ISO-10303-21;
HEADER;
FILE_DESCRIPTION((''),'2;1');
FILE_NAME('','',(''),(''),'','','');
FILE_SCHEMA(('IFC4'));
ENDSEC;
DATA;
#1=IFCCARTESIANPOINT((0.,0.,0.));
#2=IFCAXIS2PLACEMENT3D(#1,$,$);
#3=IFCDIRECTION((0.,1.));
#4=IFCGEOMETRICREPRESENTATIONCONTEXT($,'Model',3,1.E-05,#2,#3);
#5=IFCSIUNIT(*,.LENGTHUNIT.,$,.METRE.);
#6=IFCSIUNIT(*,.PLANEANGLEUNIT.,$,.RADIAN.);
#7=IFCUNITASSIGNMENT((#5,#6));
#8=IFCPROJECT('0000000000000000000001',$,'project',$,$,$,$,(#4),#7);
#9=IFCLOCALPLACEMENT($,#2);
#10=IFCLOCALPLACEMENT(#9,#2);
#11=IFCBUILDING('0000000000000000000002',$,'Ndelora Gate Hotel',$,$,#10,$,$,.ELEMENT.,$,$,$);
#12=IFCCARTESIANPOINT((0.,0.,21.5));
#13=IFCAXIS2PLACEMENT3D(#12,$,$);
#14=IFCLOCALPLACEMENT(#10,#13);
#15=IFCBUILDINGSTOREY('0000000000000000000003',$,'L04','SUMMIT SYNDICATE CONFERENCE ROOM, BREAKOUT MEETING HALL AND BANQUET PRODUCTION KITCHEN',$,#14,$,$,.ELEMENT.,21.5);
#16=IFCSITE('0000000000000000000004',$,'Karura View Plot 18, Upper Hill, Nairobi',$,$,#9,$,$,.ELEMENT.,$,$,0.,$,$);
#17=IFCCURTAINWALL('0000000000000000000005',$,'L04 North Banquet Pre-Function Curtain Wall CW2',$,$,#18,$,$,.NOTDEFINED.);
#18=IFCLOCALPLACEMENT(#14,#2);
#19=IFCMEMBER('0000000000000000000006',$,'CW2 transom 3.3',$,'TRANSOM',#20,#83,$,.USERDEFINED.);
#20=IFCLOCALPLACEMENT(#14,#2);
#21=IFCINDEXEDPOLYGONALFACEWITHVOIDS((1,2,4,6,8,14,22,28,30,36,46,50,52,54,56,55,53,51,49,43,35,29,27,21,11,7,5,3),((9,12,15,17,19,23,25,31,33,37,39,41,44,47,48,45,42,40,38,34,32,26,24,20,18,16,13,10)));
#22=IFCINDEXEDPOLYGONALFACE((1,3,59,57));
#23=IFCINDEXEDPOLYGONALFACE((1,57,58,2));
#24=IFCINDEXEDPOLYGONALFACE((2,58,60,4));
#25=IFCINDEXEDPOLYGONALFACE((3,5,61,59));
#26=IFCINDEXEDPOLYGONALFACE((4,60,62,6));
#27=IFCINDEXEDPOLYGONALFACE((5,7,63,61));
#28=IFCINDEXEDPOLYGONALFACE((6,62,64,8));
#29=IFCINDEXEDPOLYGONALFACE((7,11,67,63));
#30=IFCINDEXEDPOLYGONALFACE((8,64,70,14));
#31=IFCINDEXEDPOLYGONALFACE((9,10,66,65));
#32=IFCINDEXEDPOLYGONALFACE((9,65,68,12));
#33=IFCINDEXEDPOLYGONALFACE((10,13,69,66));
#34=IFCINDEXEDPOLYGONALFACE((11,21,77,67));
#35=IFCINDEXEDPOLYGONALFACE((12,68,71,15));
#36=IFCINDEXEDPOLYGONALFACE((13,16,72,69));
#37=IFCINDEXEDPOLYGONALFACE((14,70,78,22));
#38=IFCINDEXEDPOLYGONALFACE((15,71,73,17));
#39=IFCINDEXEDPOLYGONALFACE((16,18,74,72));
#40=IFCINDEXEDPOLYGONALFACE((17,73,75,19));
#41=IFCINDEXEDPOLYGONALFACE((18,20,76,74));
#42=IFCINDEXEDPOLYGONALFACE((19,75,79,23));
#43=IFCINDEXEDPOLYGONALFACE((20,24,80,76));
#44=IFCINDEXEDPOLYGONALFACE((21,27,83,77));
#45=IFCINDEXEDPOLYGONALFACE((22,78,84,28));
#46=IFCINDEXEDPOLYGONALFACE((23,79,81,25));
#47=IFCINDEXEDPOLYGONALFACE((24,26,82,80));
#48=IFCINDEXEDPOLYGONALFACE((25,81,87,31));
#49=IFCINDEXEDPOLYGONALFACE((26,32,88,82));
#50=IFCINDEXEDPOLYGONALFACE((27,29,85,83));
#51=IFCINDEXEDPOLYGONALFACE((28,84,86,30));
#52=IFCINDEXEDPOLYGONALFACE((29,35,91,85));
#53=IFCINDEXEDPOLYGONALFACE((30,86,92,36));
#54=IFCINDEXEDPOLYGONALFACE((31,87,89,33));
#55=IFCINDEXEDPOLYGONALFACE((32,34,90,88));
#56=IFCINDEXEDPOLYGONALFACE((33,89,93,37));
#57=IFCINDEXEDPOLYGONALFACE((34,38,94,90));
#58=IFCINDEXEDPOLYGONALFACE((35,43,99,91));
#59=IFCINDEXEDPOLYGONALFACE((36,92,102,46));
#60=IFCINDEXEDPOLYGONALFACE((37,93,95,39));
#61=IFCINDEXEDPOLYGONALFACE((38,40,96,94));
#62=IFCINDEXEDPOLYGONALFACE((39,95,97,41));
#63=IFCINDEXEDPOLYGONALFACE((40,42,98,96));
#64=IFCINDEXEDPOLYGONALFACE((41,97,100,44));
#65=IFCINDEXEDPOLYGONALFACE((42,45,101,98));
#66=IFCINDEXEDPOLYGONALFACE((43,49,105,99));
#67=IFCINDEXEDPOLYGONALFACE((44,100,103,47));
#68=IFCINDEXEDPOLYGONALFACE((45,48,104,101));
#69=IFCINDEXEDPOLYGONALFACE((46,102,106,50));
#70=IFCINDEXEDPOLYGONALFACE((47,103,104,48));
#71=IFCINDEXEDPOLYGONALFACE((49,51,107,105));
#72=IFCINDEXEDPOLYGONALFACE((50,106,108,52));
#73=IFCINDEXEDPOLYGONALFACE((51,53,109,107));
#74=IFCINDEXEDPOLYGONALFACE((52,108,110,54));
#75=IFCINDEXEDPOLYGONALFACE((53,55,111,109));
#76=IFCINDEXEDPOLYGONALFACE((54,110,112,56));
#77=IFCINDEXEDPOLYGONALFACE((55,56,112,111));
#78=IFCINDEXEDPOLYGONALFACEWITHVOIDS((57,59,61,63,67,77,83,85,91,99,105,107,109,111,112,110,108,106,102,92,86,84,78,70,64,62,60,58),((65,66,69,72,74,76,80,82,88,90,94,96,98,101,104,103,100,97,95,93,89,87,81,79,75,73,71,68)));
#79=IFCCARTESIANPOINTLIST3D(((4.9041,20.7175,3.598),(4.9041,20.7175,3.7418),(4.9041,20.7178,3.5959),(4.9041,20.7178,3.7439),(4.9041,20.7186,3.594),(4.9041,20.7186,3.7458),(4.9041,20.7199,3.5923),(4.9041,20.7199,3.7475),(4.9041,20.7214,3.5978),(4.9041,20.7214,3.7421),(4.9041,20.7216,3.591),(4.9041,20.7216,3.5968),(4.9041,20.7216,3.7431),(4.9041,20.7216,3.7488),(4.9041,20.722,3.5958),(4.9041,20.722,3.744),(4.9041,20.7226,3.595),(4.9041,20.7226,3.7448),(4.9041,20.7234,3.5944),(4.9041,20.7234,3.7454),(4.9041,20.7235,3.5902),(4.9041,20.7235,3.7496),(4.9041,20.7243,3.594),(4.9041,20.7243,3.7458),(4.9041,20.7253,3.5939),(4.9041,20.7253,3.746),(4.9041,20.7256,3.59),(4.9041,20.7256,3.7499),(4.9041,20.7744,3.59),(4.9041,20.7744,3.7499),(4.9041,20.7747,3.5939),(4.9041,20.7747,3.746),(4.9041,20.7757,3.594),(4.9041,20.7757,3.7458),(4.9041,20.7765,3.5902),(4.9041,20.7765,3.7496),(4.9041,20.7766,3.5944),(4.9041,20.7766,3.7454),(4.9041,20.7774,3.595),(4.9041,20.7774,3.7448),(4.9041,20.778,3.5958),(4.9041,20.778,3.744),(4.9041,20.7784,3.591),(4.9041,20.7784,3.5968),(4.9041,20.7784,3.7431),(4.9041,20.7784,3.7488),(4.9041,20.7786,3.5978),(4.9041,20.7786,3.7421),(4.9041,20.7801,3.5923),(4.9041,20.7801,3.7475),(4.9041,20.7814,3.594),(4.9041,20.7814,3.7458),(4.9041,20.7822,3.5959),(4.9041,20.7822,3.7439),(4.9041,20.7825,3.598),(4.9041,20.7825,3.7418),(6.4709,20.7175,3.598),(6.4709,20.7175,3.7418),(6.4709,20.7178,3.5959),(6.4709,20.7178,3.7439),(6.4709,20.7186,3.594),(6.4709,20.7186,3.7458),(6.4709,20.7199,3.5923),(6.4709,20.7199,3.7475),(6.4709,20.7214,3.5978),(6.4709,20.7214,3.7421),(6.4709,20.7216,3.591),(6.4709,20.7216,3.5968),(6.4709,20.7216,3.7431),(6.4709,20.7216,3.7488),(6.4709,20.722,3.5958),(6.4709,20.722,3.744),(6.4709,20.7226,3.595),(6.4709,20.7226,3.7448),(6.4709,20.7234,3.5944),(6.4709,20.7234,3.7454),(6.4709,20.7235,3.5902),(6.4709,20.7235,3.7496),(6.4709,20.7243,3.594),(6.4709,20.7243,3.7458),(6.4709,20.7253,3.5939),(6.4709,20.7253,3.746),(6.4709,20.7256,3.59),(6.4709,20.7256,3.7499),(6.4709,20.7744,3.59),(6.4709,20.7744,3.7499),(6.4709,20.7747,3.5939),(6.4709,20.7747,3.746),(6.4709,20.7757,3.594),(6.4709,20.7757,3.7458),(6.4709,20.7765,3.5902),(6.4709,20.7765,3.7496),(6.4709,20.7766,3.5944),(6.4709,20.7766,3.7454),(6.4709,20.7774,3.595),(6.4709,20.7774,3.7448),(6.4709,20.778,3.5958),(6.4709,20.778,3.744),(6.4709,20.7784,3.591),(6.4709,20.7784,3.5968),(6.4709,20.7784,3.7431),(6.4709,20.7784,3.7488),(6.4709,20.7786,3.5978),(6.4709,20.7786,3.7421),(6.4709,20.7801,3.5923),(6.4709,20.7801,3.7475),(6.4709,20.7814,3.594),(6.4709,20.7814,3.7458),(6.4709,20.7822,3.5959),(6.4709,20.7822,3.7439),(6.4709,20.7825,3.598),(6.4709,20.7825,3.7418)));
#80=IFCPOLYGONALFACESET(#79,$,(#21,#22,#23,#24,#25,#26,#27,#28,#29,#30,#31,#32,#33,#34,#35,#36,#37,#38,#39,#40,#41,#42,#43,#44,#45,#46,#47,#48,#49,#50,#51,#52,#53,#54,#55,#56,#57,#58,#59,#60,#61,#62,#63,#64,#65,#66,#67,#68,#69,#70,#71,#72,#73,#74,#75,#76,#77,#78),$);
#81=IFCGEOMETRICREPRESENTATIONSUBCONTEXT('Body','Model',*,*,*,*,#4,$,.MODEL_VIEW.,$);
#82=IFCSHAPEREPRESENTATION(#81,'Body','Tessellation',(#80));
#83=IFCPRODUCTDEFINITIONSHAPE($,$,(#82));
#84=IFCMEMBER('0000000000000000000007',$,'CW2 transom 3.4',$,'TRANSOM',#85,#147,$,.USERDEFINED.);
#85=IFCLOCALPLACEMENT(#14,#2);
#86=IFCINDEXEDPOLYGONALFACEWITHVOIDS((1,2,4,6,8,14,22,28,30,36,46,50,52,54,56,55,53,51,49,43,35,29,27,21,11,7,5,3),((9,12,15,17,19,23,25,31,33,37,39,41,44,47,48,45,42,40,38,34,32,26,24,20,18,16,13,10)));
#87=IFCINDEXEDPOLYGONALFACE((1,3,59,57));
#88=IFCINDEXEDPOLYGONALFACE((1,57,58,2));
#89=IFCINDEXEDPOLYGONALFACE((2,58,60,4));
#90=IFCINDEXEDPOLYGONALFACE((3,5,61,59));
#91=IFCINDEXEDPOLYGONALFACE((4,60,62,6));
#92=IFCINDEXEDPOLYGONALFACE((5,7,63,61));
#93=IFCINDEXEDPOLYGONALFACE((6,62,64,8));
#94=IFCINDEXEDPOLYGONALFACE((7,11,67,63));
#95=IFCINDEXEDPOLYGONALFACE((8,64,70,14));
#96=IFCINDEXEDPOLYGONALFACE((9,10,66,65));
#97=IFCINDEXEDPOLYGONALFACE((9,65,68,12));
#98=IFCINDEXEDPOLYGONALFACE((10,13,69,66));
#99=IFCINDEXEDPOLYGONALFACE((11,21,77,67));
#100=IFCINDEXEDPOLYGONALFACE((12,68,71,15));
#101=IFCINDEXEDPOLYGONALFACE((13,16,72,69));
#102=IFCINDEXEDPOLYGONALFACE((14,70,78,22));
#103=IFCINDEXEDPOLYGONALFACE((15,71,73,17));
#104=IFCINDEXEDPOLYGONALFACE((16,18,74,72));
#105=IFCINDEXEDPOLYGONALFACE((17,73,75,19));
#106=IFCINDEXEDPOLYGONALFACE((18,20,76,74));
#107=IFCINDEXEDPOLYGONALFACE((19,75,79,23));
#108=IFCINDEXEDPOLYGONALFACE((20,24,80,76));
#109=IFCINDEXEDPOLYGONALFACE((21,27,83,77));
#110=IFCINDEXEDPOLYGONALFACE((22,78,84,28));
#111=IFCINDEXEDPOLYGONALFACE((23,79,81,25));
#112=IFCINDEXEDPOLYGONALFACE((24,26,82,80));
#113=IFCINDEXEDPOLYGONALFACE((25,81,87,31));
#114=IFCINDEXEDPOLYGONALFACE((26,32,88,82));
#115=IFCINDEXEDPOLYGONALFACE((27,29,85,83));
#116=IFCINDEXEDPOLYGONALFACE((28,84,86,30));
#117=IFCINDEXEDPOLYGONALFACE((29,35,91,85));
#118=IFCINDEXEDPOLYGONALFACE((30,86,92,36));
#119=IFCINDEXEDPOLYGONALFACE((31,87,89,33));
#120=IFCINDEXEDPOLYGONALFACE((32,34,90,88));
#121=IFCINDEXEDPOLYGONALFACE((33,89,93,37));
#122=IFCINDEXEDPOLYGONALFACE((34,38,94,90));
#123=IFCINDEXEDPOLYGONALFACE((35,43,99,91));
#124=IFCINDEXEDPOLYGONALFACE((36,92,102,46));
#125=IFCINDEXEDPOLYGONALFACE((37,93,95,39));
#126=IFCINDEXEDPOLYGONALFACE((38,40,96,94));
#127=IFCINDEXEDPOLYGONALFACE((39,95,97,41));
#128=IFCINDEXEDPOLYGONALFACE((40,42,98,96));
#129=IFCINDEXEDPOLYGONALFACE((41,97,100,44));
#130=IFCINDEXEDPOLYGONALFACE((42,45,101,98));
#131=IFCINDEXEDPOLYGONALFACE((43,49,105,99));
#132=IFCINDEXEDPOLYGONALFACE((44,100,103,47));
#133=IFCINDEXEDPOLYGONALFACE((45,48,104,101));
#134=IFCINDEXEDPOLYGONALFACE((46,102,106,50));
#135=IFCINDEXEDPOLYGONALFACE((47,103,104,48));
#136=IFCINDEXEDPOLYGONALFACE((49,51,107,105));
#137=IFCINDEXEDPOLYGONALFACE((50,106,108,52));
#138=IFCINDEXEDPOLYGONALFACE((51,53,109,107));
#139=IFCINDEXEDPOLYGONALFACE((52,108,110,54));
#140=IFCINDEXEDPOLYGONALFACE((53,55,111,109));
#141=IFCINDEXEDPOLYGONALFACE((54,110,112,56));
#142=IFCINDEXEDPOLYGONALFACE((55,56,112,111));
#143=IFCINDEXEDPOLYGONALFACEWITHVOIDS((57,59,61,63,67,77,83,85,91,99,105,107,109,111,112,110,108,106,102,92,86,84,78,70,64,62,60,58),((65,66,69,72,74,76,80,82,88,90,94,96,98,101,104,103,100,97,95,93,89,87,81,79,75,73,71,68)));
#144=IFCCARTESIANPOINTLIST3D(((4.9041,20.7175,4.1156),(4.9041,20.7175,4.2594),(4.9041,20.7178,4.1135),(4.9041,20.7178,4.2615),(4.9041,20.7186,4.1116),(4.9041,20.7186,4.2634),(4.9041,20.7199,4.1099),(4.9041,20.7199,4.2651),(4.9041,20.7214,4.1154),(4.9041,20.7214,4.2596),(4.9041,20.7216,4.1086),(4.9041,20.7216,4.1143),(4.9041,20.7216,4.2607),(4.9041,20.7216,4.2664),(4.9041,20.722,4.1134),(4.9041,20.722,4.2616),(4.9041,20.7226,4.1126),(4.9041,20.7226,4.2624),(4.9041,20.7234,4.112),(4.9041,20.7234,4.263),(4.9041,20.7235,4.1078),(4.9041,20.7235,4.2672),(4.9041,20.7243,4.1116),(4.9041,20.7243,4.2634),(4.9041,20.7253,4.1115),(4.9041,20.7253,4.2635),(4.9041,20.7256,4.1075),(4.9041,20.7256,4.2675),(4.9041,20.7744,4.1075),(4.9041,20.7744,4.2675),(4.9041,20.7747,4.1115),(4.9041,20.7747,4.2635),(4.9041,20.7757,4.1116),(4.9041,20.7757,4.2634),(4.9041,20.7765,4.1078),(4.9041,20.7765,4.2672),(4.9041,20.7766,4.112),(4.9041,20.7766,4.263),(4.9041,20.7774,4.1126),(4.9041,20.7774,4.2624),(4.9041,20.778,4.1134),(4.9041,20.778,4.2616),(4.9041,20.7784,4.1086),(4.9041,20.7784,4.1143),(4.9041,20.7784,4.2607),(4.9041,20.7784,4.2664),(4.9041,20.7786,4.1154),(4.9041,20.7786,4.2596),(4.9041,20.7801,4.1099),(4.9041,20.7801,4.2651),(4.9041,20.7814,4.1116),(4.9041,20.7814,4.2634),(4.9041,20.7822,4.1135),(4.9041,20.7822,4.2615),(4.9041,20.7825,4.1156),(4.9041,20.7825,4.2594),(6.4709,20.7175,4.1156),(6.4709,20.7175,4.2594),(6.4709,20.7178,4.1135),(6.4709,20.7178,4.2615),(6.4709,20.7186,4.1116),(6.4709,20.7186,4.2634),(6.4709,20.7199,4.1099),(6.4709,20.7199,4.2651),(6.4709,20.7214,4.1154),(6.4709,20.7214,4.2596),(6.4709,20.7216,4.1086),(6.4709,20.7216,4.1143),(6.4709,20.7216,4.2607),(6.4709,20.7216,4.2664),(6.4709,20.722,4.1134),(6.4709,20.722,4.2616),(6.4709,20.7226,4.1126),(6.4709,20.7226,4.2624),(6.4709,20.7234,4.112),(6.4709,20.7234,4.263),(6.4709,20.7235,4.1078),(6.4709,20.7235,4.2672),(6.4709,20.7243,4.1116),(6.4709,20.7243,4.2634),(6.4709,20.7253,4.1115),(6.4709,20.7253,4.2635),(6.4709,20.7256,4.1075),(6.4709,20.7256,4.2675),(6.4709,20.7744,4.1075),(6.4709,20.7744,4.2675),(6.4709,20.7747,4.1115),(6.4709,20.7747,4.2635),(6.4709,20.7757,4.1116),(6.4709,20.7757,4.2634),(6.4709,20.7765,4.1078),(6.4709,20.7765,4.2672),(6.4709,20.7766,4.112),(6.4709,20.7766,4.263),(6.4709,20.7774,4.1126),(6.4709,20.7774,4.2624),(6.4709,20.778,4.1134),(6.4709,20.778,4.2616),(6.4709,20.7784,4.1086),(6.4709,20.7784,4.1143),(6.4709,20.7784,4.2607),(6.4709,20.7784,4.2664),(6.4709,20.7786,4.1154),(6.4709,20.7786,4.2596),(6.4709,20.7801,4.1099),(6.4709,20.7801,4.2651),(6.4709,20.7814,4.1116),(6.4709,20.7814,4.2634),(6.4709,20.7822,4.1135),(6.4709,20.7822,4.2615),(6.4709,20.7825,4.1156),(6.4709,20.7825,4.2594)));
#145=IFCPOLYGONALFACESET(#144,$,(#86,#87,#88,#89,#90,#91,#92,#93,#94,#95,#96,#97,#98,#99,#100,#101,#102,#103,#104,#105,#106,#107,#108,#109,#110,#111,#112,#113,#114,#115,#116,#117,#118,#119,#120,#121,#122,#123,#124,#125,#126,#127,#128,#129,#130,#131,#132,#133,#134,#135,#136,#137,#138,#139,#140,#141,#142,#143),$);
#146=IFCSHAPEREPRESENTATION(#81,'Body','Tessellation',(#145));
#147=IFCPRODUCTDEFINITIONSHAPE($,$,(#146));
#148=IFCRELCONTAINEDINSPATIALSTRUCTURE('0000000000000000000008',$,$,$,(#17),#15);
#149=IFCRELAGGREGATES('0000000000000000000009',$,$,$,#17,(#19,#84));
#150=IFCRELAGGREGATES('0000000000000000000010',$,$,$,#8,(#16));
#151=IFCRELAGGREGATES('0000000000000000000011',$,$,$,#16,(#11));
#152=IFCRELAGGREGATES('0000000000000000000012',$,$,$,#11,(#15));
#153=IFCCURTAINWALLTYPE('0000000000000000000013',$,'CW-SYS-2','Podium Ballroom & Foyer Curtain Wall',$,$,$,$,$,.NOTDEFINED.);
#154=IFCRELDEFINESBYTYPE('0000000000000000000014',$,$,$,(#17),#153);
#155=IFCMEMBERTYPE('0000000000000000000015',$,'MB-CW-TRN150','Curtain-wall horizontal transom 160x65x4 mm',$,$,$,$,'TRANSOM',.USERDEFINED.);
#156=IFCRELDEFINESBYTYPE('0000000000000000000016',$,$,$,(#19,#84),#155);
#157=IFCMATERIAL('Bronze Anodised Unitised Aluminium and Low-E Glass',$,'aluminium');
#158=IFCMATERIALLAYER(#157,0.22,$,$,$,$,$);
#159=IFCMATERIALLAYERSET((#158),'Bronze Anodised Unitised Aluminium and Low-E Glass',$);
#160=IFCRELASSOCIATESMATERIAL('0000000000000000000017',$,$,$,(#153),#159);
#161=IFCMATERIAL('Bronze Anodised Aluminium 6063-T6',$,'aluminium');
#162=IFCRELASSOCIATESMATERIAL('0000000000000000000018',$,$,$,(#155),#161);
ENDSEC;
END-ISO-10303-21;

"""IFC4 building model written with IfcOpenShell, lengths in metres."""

from ifc_helpers import new_model, si_unit, direction, frame, origin, origin_2d, place, context, subcontext, project, spatial, hollow_rectangle, extrude, material, layer, layer_set, material_profile, profile_set, type_object, element, aggregate, save


model = new_model("IFC4")

# Units and contexts
model_context = context("Model", 3, precision=1e-05, world=origin(), true_north=direction((0.0, 1.0)))
body_context = subcontext(model_context, "Body", "Model", "MODEL_VIEW")
ifc_project = project(units=[si_unit("LENGTHUNIT", "METRE"), si_unit("PLANEANGLEUNIT", "RADIAN")], contexts=[model_context])

# Site, building, storey
site_placement = place(None, origin())
site = spatial("IfcSite", under=ifc_project, at=site_placement, Name="Karura View Plot 18, Upper Hill, Nairobi", CompositionType="ELEMENT", RefElevation=0.0)
building_placement = place(site_placement, origin())
building = spatial("IfcBuilding", under=site, at=building_placement, Name="Ndelora Gate Hotel", CompositionType="ELEMENT")
storey_placement = place(building_placement, frame((0.0, 0.0, 21.5)))
storey = spatial("IfcBuildingStorey", under=building, at=storey_placement, Name="L04", Description="SUMMIT SYNDICATE CONFERENCE ROOM, BREAKOUT MEETING HALL AND BANQUET PRODUCTION KITCHEN", CompositionType="ELEMENT", Elevation=21.5)

# Curtain wall, members
ifc_material_1 = material(Name="Bronze Anodised Unitised Aluminium and Low-E Glass", Category="aluminium")
ifc_layer_1 = layer(ifc_material_1, 0.22)
ifc_layer_set_1 = layer_set([ifc_layer_1], Name="Bronze Anodised Unitised Aluminium and Low-E Glass")
curtain_wall_type = type_object("IfcCurtainWallType", Name="CW-SYS-2", Description="Podium Ballroom & Foyer Curtain Wall", PredefinedType="NOTDEFINED", material=ifc_layer_set_1)
curtain_wall_placement = place(storey_placement, origin())
curtain_wall = element("IfcCurtainWall", 1, at=curtain_wall_placement, inside=storey, type_object=curtain_wall_type, Name="L04 North Banquet Pre-Function Curtain Wall CW2", PredefinedType="NOTDEFINED")
ifc_material_2 = material(Name="Bronze Anodised Aluminium 6063-T6", Category="aluminium")
ifc_material_profile_1 = material_profile(ifc_material_2, hollow_rectangle(XDim=0.0649, YDim=0.1599, WallThickness=0.0039, InnerFilletRadius=0.0039, OuterFilletRadius=0.0081, at=origin_2d()), Name="ALU 160x65x4")
ifc_profile_set_1 = profile_set([ifc_material_profile_1], Name="Bronze Anodised Aluminium 6063-T6")
member_type_1 = type_object("IfcMemberType", Name="MB-CW-TRN150", Description="Curtain-wall horizontal transom 160x65x4 mm", ElementType="TRANSOM", PredefinedType="USERDEFINED", material=ifc_profile_set_1)
member_1_placement = place(storey_placement, frame((6.4709, 20.75, 3.6699), z_axis=(-1.0, 0.0, 0.0), x_axis=(0.0, -1.0, 0.0)))
member_1 = element("IfcMember", 2, at=member_1_placement, type_object=member_type_1, Name="CW2 transom 3.3", ObjectType="TRANSOM", PredefinedType="USERDEFINED", context=body_context, shape_type="SweptSolid", body=[
    extrude(hollow_rectangle(XDim=0.0649, YDim=0.1599, WallThickness=0.0039, InnerFilletRadius=0.0039, OuterFilletRadius=0.0081, at=origin_2d()), origin(), (0.0, 0.0, 1.0), 1.5669),
])
member_2_placement = place(storey_placement, frame((6.4709, 20.75, 4.1875), z_axis=(-1.0, 0.0, 0.0), x_axis=(0.0, -1.0, 0.0)))
member_2 = element("IfcMember", 3, at=member_2_placement, type_object=member_type_1, Name="CW2 transom 3.4", ObjectType="TRANSOM", PredefinedType="USERDEFINED", context=body_context, shape_type="SweptSolid", body=[
    extrude(hollow_rectangle(XDim=0.0649, YDim=0.1599, WallThickness=0.0039, InnerFilletRadius=0.0039, OuterFilletRadius=0.0081, at=origin_2d()), origin(), (0.0, 0.0, 1.0), 1.5669),
])
aggregate(curtain_wall, [member_1, member_2])

save(model, "model.ifc")
